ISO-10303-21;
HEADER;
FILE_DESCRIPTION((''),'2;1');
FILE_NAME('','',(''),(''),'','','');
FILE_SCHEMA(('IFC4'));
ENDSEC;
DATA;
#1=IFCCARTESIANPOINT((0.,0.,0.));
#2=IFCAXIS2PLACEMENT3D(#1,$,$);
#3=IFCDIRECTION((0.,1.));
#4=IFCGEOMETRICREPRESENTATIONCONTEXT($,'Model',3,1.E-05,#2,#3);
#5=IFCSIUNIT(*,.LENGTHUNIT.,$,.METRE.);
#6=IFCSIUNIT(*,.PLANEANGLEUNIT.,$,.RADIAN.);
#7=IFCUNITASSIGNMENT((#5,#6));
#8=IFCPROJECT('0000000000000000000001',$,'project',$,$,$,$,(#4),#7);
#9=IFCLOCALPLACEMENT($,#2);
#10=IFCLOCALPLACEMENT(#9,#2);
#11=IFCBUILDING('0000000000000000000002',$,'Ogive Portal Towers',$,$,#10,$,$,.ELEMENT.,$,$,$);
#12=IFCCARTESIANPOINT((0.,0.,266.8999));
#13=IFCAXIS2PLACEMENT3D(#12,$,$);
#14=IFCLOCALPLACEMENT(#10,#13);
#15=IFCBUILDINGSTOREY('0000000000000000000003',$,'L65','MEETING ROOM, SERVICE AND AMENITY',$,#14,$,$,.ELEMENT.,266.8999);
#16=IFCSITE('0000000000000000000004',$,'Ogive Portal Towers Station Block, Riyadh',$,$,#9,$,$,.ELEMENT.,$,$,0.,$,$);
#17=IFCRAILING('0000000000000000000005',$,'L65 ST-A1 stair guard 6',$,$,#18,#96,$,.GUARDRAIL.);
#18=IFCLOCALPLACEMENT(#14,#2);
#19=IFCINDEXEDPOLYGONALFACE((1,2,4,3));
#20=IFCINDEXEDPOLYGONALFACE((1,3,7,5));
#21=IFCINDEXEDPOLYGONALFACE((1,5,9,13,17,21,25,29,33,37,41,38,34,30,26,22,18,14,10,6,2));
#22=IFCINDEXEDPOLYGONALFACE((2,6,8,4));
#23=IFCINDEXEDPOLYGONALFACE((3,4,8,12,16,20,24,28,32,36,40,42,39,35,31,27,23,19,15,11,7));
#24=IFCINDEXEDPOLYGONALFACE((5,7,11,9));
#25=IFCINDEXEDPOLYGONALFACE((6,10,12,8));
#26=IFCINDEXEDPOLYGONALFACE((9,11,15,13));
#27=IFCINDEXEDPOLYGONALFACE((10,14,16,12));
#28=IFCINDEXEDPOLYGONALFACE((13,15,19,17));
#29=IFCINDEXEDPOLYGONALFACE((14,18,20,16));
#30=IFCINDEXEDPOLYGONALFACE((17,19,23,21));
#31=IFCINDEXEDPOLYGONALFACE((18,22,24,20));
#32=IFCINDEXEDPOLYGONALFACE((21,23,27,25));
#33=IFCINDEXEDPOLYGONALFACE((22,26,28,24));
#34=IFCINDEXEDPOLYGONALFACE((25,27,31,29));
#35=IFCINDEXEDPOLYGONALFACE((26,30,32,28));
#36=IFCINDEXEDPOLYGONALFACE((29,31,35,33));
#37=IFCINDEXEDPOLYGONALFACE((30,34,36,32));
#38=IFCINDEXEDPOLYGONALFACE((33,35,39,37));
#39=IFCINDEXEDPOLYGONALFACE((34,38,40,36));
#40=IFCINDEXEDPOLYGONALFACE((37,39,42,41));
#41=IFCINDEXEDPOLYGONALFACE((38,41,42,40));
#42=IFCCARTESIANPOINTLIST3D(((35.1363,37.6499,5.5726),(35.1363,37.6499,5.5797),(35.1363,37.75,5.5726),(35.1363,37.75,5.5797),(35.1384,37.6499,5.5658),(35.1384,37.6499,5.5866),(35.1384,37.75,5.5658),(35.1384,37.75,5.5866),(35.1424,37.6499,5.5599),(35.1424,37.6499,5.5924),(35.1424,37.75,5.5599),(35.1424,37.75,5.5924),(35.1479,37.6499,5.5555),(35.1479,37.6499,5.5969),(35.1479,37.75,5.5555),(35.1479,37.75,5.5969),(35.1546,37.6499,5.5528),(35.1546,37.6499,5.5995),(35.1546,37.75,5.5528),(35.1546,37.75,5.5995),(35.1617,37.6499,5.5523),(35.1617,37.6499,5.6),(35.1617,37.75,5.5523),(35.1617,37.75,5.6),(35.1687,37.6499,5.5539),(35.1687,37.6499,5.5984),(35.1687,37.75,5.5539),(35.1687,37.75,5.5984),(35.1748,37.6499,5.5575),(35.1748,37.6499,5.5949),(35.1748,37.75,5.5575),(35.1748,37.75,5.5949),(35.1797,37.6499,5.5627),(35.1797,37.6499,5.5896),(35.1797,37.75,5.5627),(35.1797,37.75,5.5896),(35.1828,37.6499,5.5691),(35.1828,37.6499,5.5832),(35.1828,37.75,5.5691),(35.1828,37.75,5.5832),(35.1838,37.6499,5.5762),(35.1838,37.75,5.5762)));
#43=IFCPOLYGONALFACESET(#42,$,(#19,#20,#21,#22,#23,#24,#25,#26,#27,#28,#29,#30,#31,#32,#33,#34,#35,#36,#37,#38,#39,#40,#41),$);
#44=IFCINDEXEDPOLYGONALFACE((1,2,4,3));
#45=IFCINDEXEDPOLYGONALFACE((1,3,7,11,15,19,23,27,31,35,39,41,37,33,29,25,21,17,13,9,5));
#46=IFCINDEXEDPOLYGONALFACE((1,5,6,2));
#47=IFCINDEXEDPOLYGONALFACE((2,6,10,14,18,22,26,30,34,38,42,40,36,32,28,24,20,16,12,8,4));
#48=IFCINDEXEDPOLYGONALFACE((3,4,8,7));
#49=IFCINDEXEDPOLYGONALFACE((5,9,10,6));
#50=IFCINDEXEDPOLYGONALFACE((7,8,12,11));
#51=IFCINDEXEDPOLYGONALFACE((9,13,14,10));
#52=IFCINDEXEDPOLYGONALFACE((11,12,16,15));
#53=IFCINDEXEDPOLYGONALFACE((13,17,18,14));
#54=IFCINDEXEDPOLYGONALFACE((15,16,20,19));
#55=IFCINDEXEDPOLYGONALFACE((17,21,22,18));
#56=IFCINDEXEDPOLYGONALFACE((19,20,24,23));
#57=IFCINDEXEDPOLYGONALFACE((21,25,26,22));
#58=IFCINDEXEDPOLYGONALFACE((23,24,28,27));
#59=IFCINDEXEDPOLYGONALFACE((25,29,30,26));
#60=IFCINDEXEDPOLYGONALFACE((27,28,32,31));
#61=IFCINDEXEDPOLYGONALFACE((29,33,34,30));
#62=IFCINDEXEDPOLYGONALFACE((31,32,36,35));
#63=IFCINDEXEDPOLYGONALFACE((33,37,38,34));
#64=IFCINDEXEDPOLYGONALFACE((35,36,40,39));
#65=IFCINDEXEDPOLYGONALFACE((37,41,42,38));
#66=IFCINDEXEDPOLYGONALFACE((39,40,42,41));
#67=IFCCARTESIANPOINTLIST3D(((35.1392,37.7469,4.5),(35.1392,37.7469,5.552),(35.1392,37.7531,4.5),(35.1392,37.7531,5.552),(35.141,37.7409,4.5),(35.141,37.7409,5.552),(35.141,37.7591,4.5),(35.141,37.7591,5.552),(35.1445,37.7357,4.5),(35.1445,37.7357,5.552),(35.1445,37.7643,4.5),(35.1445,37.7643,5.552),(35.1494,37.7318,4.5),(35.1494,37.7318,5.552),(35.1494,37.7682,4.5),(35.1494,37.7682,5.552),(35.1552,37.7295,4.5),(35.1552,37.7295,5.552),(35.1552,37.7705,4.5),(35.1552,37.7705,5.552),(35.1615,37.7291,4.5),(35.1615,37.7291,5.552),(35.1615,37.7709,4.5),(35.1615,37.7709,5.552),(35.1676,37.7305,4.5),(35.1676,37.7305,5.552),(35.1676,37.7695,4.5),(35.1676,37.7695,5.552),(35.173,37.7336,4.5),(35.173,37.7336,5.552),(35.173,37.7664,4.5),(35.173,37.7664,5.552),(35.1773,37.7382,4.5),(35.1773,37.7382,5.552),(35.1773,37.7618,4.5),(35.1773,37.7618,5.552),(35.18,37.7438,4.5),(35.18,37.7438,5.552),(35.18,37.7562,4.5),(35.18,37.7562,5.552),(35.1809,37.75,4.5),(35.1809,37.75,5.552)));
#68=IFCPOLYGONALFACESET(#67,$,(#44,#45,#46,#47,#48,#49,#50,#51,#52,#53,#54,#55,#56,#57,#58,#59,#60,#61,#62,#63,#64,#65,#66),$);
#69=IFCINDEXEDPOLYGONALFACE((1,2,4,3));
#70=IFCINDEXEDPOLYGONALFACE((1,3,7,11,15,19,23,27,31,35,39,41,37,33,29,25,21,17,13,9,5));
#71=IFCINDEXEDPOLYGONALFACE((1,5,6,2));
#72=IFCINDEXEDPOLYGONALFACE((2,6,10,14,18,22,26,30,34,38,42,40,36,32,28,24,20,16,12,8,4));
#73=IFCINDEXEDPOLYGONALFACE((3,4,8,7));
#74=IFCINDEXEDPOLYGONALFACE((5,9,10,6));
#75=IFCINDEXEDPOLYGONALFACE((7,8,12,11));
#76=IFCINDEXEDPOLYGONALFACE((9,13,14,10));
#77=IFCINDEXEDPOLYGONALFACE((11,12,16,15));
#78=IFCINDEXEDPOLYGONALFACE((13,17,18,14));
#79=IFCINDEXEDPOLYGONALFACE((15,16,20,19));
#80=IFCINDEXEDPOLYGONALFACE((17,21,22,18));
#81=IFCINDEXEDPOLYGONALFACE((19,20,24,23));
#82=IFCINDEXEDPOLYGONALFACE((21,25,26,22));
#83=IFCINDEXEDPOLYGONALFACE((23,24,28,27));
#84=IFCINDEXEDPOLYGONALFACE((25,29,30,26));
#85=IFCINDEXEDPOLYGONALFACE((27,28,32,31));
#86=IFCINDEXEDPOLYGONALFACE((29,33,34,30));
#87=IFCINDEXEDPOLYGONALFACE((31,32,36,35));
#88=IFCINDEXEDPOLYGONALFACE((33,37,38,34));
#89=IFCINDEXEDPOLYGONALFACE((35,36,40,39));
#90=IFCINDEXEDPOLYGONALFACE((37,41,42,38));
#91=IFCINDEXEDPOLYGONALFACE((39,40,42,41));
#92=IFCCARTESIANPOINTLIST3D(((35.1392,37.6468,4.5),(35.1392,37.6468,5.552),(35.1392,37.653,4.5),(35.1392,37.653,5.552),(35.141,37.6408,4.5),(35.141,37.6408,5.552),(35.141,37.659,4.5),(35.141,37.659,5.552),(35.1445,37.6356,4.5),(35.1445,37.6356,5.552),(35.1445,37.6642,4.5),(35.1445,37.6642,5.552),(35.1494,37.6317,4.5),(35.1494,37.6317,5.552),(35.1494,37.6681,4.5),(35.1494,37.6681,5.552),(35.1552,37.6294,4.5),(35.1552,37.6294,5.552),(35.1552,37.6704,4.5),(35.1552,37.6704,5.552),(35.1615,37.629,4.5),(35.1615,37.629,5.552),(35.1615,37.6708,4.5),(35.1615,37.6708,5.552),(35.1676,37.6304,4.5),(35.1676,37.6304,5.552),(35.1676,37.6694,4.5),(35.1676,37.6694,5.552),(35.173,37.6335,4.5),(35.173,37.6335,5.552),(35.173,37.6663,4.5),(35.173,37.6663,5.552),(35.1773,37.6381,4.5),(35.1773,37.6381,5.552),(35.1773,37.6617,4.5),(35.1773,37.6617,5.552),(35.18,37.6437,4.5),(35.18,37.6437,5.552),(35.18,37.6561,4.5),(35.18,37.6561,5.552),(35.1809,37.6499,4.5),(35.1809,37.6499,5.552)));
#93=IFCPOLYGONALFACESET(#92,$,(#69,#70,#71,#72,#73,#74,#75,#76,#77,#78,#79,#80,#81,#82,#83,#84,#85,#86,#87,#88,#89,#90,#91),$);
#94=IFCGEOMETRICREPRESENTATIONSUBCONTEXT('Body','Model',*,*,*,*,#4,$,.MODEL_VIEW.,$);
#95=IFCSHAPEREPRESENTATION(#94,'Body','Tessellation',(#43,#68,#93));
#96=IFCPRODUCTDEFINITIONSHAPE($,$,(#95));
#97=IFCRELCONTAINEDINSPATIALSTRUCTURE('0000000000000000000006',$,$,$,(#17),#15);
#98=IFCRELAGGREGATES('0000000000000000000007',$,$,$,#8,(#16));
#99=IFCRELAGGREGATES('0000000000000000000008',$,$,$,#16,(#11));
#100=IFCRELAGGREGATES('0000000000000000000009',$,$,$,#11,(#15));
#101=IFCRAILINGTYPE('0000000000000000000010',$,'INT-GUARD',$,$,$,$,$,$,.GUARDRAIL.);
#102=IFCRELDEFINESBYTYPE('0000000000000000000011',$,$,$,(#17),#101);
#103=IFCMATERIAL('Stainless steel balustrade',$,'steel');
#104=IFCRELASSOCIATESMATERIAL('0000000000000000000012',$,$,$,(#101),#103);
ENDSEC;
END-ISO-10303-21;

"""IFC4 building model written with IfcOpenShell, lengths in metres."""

from ifc_helpers import new_model, si_unit, direction, frame, origin, origin_2d, place, context, subcontext, project, spatial, circle, extrude, material, type_object, element, save


model = new_model("IFC4")

# Units and contexts
model_context = context("Model", 3, precision=1e-05, world=origin(), true_north=direction((0.0, 1.0)))
body_context = subcontext(model_context, "Body", "Model", "MODEL_VIEW")
ifc_project = project(units=[si_unit("LENGTHUNIT", "METRE"), si_unit("PLANEANGLEUNIT", "RADIAN")], contexts=[model_context])

# Site, building, storey
site_placement = place(None, origin())
site = spatial("IfcSite", under=ifc_project, at=site_placement, Name="Ogive Portal Towers Station Block, Riyadh", CompositionType="ELEMENT", RefElevation=0.0)
building_placement = place(site_placement, origin())
building = spatial("IfcBuilding", under=site, at=building_placement, Name="Ogive Portal Towers", CompositionType="ELEMENT")
storey_placement = place(building_placement, frame((0.0, 0.0, 266.8999)))
storey = spatial("IfcBuildingStorey", under=building, at=storey_placement, Name="L65", Description="MEETING ROOM, SERVICE AND AMENITY", CompositionType="ELEMENT", Elevation=266.8999)

# Railing
ifc_material_1 = material(Name="Stainless steel balustrade", Category="steel")
railing_type_1 = type_object("IfcRailingType", Name="INT-GUARD", PredefinedType="GUARDRAIL", material=ifc_material_1)
railing_1_placement = place(storey_placement, frame((35.1599, 37.75, 4.5)))
element("IfcRailing", 1, at=railing_1_placement, inside=storey, type_object=railing_type_1, Name="L65 ST-A1 stair guard 6", PredefinedType="GUARDRAIL", context=body_context, shape_type="SweptSolid", body=[
    extrude(circle(Radius=0.0239, at=origin_2d()), frame((0.0, 0.0, 1.0762), z_axis=(0.0, -1.0, 0.0), x_axis=(1.0, 0.0, 0.0)), (0.0, 0.0, 1.0), 0.1001),
    extrude(circle(Radius=0.021, at=origin_2d()), origin(), (0.0, 0.0, 1.0), 1.052),
    extrude(circle(Radius=0.021, at=origin_2d()), frame((0.0, -0.1001, 0.0)), (0.0, 0.0, 1.0), 1.052),
])

save(model, "model.ifc")
